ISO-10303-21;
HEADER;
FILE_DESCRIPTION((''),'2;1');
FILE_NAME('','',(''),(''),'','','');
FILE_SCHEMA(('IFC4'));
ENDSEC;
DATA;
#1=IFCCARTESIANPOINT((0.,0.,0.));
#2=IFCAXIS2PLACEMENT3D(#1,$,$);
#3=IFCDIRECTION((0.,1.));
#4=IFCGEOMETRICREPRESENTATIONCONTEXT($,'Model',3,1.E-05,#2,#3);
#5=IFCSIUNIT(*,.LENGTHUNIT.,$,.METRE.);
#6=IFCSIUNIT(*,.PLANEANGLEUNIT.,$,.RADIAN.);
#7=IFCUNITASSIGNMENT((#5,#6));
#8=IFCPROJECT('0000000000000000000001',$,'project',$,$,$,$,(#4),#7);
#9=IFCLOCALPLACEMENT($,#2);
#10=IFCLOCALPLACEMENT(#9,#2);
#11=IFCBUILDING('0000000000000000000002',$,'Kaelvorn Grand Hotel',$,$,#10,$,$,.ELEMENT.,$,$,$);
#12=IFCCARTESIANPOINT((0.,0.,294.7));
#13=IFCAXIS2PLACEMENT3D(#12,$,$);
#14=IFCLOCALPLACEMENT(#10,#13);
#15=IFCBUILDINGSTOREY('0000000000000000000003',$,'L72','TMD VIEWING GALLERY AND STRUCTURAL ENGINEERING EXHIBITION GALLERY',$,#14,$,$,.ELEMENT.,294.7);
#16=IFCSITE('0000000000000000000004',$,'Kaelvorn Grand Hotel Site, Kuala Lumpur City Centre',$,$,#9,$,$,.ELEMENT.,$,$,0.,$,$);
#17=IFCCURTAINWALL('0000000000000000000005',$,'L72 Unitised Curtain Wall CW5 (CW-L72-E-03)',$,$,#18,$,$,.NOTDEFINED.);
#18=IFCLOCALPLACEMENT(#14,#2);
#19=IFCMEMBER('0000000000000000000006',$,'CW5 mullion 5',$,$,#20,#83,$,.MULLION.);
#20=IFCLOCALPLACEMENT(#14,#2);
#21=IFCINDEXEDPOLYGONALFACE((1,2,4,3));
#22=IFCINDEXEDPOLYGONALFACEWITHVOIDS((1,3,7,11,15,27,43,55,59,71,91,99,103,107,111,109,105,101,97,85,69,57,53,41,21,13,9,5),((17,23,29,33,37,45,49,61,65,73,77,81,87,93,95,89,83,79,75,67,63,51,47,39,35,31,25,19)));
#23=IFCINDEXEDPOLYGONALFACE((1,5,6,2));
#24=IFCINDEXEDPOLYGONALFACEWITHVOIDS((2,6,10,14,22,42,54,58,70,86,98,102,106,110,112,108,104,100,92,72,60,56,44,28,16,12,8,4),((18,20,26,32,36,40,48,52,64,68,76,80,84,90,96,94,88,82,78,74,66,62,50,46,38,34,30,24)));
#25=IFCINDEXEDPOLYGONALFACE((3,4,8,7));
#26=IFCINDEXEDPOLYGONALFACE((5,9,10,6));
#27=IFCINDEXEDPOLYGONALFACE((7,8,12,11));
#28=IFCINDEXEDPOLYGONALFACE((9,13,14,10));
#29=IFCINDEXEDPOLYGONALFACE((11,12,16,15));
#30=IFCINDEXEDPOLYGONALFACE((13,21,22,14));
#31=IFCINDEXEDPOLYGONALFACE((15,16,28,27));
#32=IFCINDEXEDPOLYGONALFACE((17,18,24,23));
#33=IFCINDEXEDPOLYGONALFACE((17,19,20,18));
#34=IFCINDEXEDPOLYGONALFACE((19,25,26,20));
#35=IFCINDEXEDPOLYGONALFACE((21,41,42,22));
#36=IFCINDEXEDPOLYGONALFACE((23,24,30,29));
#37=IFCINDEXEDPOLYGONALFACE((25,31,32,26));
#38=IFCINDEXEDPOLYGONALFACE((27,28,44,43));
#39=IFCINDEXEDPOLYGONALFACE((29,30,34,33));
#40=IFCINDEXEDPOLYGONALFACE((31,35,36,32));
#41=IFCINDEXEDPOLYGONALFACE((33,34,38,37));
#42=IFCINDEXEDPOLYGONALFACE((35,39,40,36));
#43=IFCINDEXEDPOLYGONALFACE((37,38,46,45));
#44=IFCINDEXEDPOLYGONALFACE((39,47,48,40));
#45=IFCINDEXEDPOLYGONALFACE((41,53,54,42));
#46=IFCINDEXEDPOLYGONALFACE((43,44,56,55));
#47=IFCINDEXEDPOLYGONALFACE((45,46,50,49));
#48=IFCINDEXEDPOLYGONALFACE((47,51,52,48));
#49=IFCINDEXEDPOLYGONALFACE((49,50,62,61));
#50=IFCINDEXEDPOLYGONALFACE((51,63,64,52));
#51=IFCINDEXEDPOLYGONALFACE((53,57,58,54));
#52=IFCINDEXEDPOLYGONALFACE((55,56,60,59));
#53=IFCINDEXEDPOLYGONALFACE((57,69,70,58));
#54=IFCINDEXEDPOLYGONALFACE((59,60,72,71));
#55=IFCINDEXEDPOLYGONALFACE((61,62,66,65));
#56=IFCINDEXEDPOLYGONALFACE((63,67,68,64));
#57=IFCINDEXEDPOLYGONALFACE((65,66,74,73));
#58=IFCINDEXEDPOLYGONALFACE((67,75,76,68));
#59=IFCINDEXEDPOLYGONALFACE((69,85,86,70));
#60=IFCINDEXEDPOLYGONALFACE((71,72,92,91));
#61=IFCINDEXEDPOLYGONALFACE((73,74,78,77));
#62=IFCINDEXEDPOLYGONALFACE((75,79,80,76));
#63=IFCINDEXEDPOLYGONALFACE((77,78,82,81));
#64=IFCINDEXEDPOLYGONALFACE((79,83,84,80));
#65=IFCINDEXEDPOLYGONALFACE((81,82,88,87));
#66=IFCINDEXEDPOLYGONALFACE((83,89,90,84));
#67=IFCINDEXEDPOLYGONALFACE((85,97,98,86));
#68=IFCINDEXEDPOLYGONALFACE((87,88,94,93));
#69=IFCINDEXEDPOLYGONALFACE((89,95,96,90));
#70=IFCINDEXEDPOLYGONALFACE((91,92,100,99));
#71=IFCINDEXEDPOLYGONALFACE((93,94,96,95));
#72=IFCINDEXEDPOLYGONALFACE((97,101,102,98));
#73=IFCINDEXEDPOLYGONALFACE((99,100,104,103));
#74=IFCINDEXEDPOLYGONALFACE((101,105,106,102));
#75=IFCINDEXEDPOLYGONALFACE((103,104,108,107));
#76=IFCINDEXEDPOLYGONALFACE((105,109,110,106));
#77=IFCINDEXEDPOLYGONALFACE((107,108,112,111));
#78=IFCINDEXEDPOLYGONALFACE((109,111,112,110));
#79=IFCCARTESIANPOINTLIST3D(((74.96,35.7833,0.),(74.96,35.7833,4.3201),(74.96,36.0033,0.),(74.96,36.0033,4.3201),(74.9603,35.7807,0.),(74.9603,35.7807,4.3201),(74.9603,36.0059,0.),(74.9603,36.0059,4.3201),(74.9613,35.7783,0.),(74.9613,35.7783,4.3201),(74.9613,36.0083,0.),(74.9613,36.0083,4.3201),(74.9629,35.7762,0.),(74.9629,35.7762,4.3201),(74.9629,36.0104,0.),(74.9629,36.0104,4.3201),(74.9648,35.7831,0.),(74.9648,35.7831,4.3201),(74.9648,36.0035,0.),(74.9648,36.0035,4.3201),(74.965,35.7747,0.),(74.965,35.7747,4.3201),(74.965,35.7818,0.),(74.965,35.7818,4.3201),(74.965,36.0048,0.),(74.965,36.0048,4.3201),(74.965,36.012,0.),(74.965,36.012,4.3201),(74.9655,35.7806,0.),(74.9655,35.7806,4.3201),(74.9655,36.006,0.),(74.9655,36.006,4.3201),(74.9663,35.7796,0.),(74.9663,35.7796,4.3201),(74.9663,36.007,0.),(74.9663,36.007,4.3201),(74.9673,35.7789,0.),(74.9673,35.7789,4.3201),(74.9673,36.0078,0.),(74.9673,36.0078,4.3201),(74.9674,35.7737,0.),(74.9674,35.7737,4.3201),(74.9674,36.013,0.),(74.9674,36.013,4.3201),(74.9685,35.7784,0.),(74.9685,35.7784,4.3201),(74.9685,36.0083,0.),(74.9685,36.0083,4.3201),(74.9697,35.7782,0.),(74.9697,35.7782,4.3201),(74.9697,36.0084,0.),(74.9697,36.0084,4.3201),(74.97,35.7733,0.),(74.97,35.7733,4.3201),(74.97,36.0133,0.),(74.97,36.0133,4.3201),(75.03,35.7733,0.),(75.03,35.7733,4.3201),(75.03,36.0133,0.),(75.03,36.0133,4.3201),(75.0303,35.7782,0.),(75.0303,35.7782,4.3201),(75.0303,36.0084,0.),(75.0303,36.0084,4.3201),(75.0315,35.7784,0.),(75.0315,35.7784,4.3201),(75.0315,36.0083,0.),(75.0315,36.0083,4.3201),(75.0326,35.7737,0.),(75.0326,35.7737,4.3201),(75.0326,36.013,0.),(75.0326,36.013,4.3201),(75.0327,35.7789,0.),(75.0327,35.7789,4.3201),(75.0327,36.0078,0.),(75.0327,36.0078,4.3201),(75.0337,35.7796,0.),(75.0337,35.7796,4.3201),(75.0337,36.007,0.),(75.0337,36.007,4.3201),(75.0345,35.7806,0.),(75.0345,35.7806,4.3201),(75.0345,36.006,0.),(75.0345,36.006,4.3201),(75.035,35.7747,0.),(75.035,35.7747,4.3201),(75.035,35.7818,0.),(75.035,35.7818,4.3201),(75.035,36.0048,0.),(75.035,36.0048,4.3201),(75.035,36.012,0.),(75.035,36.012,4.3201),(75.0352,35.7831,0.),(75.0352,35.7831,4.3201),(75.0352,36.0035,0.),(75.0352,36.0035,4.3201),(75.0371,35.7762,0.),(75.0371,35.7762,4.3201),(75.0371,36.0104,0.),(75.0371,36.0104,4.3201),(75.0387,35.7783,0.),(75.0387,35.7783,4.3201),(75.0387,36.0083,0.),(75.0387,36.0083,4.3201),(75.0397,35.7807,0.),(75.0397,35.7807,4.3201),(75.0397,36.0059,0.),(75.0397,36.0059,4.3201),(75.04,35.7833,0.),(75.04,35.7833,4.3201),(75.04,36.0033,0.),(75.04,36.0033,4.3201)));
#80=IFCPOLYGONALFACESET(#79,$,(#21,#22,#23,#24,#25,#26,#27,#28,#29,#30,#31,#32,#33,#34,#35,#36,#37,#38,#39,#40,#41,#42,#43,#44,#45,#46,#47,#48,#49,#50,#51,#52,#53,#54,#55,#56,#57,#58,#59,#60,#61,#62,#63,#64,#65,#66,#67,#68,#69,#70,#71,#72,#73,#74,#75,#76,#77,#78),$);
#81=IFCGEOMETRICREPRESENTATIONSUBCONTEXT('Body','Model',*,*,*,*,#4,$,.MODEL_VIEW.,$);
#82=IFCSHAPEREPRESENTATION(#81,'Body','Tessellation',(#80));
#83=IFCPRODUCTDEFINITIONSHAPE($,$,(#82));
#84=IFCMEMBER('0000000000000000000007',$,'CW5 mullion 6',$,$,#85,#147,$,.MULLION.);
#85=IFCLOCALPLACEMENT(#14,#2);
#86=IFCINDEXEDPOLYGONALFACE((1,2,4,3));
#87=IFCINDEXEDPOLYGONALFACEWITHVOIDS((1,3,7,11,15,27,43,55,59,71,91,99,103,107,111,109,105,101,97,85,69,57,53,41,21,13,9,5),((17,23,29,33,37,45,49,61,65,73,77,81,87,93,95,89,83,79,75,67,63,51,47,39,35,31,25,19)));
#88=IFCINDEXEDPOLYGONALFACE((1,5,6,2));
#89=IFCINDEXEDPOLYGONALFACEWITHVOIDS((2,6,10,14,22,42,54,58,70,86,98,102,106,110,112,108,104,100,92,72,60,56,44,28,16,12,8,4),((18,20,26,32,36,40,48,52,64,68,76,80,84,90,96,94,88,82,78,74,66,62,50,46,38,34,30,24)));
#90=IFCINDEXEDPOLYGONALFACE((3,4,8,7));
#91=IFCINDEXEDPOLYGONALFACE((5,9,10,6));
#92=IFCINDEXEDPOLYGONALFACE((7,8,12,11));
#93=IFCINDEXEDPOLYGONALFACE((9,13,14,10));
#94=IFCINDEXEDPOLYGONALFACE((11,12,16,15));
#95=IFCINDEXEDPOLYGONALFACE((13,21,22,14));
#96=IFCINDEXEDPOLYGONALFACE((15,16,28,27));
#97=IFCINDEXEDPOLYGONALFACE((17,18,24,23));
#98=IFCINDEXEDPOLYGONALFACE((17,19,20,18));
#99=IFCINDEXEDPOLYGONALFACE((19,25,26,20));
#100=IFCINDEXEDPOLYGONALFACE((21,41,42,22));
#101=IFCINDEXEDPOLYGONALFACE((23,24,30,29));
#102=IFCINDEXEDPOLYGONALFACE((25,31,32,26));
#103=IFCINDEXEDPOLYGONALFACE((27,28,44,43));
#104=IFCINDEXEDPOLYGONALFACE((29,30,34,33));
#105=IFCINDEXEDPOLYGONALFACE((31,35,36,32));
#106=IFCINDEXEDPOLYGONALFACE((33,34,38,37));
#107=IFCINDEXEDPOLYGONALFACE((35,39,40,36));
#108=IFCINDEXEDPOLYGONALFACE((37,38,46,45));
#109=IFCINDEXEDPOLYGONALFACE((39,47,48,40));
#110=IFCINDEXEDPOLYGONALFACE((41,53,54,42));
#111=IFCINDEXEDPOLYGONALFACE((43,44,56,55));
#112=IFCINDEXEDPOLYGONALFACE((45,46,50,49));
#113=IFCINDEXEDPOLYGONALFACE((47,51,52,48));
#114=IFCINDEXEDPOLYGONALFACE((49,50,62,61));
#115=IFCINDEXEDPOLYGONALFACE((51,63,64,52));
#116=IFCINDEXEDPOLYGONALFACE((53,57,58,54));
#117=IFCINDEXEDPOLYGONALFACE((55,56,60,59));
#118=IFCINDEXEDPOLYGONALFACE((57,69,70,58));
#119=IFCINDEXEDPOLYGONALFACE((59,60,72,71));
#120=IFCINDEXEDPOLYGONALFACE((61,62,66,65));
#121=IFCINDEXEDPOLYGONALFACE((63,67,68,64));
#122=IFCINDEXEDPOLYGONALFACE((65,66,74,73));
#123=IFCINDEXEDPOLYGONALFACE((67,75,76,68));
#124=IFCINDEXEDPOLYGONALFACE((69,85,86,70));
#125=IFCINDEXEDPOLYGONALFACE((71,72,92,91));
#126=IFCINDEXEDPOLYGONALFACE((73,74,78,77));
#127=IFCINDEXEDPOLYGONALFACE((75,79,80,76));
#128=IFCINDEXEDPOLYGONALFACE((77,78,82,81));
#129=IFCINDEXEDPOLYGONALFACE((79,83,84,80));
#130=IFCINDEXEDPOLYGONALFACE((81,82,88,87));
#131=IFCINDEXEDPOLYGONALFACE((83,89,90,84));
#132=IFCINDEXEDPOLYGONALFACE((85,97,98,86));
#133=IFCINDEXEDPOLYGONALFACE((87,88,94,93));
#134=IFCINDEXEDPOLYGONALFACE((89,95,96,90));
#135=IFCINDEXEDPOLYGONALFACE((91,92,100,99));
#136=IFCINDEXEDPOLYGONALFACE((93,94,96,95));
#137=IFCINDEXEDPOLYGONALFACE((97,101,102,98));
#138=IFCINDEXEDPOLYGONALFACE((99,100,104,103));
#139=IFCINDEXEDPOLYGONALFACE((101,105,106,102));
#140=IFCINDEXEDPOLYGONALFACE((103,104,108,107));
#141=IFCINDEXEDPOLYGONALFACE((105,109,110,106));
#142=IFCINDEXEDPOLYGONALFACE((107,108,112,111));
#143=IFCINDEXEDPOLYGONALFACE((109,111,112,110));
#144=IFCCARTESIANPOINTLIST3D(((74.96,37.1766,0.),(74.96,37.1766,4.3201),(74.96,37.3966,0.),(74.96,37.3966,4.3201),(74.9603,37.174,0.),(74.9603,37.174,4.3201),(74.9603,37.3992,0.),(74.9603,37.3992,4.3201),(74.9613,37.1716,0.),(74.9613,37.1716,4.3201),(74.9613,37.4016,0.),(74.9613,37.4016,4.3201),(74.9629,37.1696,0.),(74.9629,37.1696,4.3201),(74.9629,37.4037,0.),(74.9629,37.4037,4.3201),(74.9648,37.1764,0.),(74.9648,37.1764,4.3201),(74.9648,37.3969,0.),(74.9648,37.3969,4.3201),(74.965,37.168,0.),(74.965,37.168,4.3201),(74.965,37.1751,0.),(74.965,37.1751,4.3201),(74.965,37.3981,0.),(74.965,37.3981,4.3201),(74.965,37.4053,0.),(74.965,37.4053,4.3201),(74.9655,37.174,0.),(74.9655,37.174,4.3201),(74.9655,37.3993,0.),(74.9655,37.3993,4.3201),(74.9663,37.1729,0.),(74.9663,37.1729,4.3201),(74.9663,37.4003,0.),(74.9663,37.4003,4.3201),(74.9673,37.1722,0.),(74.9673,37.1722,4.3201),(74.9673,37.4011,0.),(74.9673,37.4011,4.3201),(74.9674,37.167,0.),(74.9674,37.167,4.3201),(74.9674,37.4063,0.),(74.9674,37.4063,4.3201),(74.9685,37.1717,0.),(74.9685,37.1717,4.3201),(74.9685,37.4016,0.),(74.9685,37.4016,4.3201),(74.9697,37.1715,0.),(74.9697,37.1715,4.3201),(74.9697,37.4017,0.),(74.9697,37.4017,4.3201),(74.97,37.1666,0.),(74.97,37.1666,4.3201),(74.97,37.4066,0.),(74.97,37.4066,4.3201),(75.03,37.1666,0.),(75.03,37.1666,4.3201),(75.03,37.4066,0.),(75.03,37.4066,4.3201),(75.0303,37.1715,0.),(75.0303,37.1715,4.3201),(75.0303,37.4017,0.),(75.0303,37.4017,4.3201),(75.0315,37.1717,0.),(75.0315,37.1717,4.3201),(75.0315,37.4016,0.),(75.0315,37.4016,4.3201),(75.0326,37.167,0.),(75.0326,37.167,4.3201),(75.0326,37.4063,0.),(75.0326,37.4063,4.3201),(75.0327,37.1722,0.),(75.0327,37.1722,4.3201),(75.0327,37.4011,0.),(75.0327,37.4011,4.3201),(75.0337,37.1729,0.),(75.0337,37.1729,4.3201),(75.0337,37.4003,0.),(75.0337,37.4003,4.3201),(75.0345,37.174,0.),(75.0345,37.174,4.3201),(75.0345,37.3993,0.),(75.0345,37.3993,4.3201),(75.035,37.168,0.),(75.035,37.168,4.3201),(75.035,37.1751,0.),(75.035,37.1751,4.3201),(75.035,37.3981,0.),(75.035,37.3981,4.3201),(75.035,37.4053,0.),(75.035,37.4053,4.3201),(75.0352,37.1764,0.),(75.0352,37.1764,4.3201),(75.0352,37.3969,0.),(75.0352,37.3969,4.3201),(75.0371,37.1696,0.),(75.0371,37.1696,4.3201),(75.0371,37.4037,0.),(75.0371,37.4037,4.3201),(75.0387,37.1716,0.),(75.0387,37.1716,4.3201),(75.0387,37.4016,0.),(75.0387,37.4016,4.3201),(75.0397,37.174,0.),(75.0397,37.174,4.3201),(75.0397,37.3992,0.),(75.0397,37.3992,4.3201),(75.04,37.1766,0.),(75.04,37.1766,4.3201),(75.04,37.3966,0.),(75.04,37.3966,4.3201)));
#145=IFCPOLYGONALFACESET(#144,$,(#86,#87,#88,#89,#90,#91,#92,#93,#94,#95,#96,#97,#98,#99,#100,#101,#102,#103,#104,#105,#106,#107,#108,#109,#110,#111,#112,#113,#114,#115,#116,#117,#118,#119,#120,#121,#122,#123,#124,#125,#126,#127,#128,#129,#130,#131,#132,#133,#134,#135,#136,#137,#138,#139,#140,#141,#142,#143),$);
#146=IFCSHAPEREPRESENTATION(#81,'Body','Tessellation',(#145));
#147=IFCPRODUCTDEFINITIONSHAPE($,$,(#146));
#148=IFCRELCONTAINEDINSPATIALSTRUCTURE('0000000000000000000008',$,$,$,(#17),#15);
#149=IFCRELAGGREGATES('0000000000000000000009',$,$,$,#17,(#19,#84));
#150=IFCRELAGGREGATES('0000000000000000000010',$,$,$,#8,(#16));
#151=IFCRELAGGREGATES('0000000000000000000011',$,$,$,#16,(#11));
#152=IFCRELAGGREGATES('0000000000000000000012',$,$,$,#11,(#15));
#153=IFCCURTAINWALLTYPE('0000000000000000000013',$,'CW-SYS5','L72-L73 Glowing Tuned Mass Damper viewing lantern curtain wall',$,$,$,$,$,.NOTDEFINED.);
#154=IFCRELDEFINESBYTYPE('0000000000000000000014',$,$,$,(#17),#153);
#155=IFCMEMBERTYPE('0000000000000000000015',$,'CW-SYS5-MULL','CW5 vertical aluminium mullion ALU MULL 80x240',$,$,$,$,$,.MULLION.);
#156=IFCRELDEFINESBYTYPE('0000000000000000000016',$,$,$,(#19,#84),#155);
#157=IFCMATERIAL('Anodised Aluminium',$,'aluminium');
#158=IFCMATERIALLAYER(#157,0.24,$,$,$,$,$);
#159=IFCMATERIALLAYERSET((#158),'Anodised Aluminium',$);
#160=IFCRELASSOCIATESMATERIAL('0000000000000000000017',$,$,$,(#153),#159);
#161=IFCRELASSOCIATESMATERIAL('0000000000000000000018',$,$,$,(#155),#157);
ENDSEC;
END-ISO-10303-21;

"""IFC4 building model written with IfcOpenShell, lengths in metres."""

from ifc_helpers import new_model, si_unit, direction, frame, origin, origin_2d, place, context, subcontext, project, spatial, hollow_rectangle, extrude, material, layer, layer_set, material_profile, profile_set, type_object, element, aggregate, save


model = new_model("IFC4")

# Units and contexts
model_context = context("Model", 3, precision=1e-05, world=origin(), true_north=direction((0.0, 1.0)))
body_context = subcontext(model_context, "Body", "Model", "MODEL_VIEW")
ifc_project = project(units=[si_unit("LENGTHUNIT", "METRE"), si_unit("PLANEANGLEUNIT", "RADIAN")], contexts=[model_context])

# Site, building, storey
site_placement = place(None, origin())
site = spatial("IfcSite", under=ifc_project, at=site_placement, Name="Kaelvorn Grand Hotel Site, Kuala Lumpur City Centre", CompositionType="ELEMENT", RefElevation=0.0)
building_placement = place(site_placement, origin())
building = spatial("IfcBuilding", under=site, at=building_placement, Name="Kaelvorn Grand Hotel", CompositionType="ELEMENT")
storey_placement = place(building_placement, frame((0.0, 0.0, 294.7)))
storey = spatial("IfcBuildingStorey", under=building, at=storey_placement, Name="L72", Description="TMD VIEWING GALLERY AND STRUCTURAL ENGINEERING EXHIBITION GALLERY", CompositionType="ELEMENT", Elevation=294.7)

# Curtain wall, members
ifc_material_1 = material(Name="Anodised Aluminium", Category="aluminium")
ifc_layer_1 = layer(ifc_material_1, 0.24)
ifc_layer_set_1 = layer_set([ifc_layer_1], Name="Anodised Aluminium")
curtain_wall_type = type_object("IfcCurtainWallType", Name="CW-SYS5", Description="L72-L73 Glowing Tuned Mass Damper viewing lantern curtain wall", PredefinedType="NOTDEFINED", material=ifc_layer_set_1)
curtain_wall_placement = place(storey_placement, origin())
curtain_wall = element("IfcCurtainWall", 1, at=curtain_wall_placement, inside=storey, type_object=curtain_wall_type, Name="L72 Unitised Curtain Wall CW5 (CW-L72-E-03)", PredefinedType="NOTDEFINED")
ifc_material_profile_1 = material_profile(ifc_material_1, hollow_rectangle(XDim=0.0801, YDim=0.24, WallThickness=0.0049, InnerFilletRadius=0.0049, OuterFilletRadius=0.01, at=origin_2d()), Name="ALU MULL 80x240")
ifc_profile_set_1 = profile_set([ifc_material_profile_1], Name="Anodised Aluminium")
member_type_1 = type_object("IfcMemberType", Name="CW-SYS5-MULL", Description="CW5 vertical aluminium mullion ALU MULL 80x240", PredefinedType="MULLION", material=ifc_profile_set_1)
member_1_placement = place(storey_placement, frame((75.0, 35.8933, 0.0), z_axis=(0.0, 0.0, 1.0), x_axis=(-1.0, 0.0, 0.0)))
member_1 = element("IfcMember", 2, at=member_1_placement, type_object=member_type_1, Name="CW5 mullion 5", PredefinedType="MULLION", context=body_context, shape_type="SweptSolid", body=[
    extrude(hollow_rectangle(XDim=0.0801, YDim=0.24, WallThickness=0.0049, InnerFilletRadius=0.0049, OuterFilletRadius=0.01, at=origin_2d()), origin(), (0.0, 0.0, 1.0), 4.3201),
])
member_2_placement = place(storey_placement, frame((75.0, 37.2866, 0.0), z_axis=(0.0, 0.0, 1.0), x_axis=(-1.0, 0.0, 0.0)))
member_2 = element("IfcMember", 3, at=member_2_placement, type_object=member_type_1, Name="CW5 mullion 6", PredefinedType="MULLION", context=body_context, shape_type="SweptSolid", body=[
    extrude(hollow_rectangle(XDim=0.0801, YDim=0.24, WallThickness=0.0049, InnerFilletRadius=0.0049, OuterFilletRadius=0.01, at=origin_2d()), origin(), (0.0, 0.0, 1.0), 4.3201),
])
aggregate(curtain_wall, [member_1, member_2])

save(model, "model.ifc")
